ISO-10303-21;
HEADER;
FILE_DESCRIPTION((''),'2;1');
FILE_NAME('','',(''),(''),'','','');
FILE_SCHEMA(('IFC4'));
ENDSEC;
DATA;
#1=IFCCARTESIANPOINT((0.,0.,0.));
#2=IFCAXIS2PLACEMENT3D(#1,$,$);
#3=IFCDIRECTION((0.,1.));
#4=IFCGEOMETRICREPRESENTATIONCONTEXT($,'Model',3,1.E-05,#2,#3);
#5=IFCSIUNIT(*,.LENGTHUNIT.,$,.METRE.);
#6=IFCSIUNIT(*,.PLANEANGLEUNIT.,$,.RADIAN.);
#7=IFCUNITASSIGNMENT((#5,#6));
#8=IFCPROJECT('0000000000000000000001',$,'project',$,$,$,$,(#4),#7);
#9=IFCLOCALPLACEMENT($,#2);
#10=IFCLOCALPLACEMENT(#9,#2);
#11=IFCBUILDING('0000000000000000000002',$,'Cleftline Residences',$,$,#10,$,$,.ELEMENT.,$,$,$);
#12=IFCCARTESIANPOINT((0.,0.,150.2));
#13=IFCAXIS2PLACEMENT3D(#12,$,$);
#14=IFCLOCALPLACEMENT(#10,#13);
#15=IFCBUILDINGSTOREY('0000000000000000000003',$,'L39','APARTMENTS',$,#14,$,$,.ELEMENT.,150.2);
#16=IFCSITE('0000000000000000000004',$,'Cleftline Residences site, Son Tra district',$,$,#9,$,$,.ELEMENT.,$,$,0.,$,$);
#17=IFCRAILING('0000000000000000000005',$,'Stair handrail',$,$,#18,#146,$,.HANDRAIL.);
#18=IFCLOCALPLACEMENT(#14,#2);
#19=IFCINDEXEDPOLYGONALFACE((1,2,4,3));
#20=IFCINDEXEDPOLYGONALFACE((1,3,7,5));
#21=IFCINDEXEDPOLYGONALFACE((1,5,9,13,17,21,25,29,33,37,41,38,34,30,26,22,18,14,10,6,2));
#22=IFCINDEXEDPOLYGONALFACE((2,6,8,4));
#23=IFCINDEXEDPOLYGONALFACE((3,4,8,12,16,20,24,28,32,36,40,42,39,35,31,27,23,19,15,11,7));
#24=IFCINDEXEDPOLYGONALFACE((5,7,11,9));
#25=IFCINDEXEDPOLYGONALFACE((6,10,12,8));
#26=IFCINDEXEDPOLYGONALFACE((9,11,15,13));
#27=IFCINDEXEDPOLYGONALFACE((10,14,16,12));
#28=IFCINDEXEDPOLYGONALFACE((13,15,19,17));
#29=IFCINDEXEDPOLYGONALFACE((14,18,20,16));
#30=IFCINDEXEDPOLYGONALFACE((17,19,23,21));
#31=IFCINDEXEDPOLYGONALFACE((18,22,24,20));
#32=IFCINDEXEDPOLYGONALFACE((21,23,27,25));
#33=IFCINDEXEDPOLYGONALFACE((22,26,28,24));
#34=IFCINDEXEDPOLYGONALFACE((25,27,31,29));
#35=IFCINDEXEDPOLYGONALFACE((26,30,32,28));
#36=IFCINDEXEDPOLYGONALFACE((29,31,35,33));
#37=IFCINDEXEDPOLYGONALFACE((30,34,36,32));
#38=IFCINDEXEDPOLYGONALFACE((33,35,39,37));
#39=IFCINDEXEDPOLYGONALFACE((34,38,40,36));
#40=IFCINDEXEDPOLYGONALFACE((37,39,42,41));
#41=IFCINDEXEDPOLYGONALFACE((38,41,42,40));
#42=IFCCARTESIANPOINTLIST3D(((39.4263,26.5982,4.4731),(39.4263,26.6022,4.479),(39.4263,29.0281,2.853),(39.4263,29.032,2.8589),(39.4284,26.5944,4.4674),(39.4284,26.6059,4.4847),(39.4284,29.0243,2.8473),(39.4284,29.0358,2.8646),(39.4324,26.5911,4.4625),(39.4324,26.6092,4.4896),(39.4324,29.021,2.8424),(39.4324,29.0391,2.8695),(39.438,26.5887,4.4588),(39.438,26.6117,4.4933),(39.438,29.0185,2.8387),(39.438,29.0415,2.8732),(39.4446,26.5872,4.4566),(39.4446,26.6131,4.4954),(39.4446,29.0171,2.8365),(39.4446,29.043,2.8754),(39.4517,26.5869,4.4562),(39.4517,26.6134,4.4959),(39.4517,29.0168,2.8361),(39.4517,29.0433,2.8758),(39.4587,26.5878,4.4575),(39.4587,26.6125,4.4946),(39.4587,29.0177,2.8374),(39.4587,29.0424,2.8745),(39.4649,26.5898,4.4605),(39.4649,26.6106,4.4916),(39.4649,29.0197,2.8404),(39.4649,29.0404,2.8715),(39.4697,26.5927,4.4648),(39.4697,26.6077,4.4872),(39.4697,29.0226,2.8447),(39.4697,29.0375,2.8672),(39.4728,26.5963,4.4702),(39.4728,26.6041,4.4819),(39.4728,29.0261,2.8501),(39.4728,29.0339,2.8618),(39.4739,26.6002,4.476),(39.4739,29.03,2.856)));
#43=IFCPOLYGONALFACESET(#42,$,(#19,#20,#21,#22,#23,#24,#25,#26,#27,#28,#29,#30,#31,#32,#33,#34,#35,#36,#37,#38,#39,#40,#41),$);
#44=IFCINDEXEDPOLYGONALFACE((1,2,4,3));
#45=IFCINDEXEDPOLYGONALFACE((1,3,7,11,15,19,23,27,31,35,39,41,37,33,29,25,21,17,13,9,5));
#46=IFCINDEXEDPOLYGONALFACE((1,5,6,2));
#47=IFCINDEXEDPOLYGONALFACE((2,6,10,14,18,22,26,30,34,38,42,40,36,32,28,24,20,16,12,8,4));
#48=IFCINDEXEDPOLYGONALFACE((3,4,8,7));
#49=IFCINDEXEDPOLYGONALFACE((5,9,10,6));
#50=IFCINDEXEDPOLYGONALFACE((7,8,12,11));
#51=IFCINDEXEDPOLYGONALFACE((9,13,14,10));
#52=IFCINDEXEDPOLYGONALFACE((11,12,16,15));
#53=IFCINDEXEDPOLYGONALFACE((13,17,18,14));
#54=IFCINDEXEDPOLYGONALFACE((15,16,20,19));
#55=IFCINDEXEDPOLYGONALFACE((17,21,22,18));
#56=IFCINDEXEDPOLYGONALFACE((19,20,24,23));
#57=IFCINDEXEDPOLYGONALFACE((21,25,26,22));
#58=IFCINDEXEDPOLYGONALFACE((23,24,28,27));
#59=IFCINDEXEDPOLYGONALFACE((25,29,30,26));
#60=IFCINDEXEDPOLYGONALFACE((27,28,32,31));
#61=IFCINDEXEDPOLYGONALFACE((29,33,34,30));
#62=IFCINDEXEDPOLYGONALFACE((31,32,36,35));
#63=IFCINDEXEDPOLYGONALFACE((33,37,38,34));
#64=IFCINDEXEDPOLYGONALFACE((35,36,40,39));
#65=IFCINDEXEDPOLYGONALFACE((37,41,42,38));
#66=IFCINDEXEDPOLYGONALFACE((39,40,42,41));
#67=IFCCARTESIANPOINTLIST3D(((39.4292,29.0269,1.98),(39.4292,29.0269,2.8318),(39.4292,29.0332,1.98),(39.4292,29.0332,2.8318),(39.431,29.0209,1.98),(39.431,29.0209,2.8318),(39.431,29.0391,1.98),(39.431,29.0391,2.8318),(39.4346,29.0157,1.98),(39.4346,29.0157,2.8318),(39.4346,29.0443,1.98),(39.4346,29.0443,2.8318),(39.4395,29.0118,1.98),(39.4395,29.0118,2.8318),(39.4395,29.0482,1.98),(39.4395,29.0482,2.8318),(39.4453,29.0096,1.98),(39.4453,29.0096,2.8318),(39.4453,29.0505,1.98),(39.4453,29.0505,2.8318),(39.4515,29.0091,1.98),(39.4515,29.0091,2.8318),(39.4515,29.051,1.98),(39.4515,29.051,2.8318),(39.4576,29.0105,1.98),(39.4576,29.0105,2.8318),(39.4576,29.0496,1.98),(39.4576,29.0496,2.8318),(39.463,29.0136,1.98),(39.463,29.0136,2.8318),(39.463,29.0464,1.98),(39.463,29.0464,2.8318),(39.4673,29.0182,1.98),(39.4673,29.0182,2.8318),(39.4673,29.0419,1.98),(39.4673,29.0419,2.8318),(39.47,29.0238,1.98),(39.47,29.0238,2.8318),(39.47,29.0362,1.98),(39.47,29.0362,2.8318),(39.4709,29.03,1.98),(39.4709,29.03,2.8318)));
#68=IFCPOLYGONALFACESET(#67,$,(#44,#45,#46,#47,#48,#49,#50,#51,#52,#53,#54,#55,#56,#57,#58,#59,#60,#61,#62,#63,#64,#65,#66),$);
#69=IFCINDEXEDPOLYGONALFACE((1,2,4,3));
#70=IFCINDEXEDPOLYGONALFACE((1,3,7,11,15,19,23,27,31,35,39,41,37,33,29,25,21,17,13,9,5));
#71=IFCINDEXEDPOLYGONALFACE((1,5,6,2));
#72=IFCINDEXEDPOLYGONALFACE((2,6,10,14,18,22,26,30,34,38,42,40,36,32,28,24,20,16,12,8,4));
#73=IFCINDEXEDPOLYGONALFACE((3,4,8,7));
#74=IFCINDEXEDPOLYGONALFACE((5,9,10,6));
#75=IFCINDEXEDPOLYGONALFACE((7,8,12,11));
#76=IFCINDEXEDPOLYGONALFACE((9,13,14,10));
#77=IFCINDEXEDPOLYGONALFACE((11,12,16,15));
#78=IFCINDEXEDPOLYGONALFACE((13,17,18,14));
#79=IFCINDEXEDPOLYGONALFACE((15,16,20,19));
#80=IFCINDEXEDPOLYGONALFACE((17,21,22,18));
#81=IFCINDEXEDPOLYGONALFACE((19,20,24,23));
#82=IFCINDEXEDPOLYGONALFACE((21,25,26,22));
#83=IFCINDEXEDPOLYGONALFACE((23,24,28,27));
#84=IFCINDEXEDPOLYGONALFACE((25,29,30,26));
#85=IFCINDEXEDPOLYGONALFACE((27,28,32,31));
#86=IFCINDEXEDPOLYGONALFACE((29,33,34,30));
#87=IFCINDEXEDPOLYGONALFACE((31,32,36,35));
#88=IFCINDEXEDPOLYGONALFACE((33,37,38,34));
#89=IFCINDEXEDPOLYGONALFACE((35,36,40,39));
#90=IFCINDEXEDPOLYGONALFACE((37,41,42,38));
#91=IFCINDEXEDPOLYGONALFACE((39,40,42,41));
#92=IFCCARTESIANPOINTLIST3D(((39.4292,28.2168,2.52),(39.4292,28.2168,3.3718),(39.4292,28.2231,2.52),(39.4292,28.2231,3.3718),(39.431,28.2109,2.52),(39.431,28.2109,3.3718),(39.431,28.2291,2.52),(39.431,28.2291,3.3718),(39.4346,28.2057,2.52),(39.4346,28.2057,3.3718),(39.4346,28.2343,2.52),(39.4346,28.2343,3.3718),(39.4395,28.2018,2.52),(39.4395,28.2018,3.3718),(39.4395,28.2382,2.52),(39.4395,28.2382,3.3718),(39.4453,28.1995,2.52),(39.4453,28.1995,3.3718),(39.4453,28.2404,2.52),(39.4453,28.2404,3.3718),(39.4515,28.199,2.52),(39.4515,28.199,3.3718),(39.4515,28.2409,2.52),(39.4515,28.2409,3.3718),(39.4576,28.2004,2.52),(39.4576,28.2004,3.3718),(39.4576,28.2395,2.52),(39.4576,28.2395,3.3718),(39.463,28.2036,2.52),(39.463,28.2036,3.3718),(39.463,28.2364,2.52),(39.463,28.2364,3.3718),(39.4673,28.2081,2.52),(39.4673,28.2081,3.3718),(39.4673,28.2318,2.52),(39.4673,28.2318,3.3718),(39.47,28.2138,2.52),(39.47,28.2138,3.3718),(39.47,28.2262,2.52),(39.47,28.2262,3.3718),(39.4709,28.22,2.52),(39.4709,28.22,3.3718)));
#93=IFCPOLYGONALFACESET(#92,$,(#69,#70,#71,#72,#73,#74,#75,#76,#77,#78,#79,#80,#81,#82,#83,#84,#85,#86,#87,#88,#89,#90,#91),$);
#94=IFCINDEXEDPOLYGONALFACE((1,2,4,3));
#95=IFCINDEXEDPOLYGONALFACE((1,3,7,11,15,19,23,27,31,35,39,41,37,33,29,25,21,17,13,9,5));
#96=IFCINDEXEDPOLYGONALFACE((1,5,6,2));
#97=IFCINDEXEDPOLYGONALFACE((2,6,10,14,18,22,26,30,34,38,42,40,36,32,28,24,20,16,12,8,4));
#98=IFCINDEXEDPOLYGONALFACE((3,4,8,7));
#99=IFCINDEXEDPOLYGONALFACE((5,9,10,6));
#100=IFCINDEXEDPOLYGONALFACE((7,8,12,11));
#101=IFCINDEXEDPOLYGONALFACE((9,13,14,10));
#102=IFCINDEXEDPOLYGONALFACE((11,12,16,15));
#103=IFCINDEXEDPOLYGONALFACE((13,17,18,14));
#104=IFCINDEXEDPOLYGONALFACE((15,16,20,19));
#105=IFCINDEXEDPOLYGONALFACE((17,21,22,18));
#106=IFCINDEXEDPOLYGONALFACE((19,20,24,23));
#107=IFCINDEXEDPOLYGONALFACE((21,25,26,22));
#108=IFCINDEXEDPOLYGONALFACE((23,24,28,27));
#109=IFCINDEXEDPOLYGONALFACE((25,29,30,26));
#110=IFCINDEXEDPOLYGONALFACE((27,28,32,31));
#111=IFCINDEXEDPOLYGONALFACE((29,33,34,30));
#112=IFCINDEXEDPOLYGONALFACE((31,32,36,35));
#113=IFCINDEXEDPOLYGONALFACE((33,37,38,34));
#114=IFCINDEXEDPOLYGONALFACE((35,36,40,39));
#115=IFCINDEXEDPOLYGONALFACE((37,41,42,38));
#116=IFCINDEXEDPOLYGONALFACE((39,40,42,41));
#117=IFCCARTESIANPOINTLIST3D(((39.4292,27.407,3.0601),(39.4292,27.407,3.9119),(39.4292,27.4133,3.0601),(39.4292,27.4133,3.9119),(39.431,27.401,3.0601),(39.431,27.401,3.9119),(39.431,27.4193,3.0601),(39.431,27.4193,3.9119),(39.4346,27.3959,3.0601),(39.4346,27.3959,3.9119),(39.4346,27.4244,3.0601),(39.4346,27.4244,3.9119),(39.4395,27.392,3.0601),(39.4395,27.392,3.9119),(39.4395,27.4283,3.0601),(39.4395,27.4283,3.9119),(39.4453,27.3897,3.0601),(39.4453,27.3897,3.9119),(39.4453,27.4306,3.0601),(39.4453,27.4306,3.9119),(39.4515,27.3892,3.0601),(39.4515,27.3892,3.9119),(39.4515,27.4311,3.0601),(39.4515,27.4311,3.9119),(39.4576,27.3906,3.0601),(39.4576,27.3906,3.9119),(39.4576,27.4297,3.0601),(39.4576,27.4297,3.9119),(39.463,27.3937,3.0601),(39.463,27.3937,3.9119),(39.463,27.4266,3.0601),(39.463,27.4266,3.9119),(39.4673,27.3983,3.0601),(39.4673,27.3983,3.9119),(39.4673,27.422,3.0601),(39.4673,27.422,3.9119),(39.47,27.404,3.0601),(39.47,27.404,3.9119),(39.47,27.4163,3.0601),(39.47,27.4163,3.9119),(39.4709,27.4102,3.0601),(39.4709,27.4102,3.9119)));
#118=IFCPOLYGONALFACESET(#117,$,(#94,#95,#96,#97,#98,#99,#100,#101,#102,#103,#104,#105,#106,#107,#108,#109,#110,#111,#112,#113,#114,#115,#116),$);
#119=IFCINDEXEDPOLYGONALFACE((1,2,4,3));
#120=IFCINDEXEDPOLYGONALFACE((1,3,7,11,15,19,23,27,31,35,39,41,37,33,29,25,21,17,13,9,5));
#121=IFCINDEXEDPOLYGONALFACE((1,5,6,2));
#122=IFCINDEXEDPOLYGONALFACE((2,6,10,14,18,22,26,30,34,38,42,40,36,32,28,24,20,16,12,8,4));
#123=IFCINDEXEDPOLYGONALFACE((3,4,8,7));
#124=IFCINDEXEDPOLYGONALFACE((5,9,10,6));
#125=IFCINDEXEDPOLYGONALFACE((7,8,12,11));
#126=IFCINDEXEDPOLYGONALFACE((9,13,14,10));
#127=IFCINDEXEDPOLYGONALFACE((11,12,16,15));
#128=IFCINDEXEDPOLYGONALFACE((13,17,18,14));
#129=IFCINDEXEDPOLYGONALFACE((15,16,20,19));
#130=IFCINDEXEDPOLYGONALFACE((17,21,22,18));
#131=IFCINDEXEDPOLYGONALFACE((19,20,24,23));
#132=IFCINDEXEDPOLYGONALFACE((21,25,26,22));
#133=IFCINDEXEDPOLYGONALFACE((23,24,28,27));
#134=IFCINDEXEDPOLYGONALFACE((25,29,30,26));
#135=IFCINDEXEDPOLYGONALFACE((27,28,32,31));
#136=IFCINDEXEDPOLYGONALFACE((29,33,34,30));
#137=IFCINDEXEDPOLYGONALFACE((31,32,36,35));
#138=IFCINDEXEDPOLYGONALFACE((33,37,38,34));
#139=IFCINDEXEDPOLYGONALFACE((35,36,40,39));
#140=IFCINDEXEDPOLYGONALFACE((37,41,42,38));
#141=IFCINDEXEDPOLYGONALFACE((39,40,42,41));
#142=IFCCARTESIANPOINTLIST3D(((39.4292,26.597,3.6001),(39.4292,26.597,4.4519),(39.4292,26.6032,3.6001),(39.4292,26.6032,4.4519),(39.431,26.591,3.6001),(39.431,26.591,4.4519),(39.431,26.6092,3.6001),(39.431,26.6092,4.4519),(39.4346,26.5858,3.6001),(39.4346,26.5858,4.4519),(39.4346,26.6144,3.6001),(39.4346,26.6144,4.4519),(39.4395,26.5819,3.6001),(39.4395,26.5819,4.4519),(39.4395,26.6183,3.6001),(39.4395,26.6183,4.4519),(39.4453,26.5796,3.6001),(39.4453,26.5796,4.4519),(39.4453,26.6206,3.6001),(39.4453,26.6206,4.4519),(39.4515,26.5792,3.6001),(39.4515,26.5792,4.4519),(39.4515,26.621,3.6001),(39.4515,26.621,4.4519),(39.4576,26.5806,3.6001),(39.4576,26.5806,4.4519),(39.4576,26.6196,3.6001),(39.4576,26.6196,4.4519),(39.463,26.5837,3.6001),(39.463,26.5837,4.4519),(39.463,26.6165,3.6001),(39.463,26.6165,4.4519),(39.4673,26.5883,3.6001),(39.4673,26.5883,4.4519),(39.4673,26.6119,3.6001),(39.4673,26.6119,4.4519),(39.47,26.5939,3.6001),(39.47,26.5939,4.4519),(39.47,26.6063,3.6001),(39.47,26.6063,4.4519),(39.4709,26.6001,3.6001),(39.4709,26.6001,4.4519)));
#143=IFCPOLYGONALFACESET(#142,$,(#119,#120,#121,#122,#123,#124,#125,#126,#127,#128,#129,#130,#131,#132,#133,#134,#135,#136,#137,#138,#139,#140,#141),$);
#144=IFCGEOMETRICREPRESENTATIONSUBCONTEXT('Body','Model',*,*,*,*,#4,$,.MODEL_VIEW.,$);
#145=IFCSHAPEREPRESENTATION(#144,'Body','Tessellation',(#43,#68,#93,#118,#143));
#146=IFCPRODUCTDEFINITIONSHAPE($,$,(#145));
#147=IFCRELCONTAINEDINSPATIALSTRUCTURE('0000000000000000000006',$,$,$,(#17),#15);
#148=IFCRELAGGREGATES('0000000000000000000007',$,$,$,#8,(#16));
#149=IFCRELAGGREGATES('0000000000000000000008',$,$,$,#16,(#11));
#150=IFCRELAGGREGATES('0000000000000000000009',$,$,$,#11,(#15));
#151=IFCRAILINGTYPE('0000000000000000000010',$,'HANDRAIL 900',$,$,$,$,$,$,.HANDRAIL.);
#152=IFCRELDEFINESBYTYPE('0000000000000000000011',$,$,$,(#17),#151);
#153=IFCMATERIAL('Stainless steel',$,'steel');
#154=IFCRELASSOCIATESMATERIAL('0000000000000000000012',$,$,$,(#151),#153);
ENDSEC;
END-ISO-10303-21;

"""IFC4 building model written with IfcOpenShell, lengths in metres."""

from ifc_helpers import new_model, si_unit, direction, frame, origin, origin_2d, place, context, subcontext, project, spatial, circle, extrude, material, type_object, element, save


model = new_model("IFC4")

# Units and contexts
model_context = context("Model", 3, precision=1e-05, world=origin(), true_north=direction((0.0, 1.0)))
body_context = subcontext(model_context, "Body", "Model", "MODEL_VIEW")
ifc_project = project(units=[si_unit("LENGTHUNIT", "METRE"), si_unit("PLANEANGLEUNIT", "RADIAN")], contexts=[model_context])

# Site, building, storey
site_placement = place(None, origin())
site = spatial("IfcSite", under=ifc_project, at=site_placement, Name="Cleftline Residences site, Son Tra district", CompositionType="ELEMENT", RefElevation=0.0)
building_placement = place(site_placement, origin())
building = spatial("IfcBuilding", under=site, at=building_placement, Name="Cleftline Residences", CompositionType="ELEMENT")
storey_placement = place(building_placement, frame((0.0, 0.0, 150.2)))
storey = spatial("IfcBuildingStorey", under=building, at=storey_placement, Name="L39", Description="APARTMENTS", CompositionType="ELEMENT", Elevation=150.2)

# Railing
ifc_material_1 = material(Name="Stainless steel", Category="steel")
railing_type = type_object("IfcRailingType", Name="HANDRAIL 900", PredefinedType="HANDRAIL", material=ifc_material_1)
railing_1_placement = place(storey_placement, frame((39.45, 29.03, 1.98)))
element("IfcRailing", 1, at=railing_1_placement, inside=storey, type_object=railing_type, Name="Stair handrail", PredefinedType="HANDRAIL", context=body_context, shape_type="SweptSolid", body=[
    extrude(circle(Radius=0.0239, at=origin_2d()), frame((0.0, 0.0, 0.876), z_axis=(0.0, -0.832025, 0.554739), x_axis=(1.0, 0.0, 0.0)), (0.0, 0.0, 1.0), 2.9204),
    extrude(circle(Radius=0.021, at=origin_2d()), origin(), (0.0, 0.0, 1.0), 0.8518),
    extrude(circle(Radius=0.021, at=origin_2d()), frame((0.0, -0.8101, 0.54)), (0.0, 0.0, 1.0), 0.8518),
    extrude(circle(Radius=0.021, at=origin_2d()), frame((0.0, -1.6199, 1.0801)), (0.0, 0.0, 1.0), 0.8518),
    extrude(circle(Radius=0.021, at=origin_2d()), frame((0.0, -2.4299, 1.6201)), (0.0, 0.0, 1.0), 0.8518),
])

save(model, "model.ifc")
